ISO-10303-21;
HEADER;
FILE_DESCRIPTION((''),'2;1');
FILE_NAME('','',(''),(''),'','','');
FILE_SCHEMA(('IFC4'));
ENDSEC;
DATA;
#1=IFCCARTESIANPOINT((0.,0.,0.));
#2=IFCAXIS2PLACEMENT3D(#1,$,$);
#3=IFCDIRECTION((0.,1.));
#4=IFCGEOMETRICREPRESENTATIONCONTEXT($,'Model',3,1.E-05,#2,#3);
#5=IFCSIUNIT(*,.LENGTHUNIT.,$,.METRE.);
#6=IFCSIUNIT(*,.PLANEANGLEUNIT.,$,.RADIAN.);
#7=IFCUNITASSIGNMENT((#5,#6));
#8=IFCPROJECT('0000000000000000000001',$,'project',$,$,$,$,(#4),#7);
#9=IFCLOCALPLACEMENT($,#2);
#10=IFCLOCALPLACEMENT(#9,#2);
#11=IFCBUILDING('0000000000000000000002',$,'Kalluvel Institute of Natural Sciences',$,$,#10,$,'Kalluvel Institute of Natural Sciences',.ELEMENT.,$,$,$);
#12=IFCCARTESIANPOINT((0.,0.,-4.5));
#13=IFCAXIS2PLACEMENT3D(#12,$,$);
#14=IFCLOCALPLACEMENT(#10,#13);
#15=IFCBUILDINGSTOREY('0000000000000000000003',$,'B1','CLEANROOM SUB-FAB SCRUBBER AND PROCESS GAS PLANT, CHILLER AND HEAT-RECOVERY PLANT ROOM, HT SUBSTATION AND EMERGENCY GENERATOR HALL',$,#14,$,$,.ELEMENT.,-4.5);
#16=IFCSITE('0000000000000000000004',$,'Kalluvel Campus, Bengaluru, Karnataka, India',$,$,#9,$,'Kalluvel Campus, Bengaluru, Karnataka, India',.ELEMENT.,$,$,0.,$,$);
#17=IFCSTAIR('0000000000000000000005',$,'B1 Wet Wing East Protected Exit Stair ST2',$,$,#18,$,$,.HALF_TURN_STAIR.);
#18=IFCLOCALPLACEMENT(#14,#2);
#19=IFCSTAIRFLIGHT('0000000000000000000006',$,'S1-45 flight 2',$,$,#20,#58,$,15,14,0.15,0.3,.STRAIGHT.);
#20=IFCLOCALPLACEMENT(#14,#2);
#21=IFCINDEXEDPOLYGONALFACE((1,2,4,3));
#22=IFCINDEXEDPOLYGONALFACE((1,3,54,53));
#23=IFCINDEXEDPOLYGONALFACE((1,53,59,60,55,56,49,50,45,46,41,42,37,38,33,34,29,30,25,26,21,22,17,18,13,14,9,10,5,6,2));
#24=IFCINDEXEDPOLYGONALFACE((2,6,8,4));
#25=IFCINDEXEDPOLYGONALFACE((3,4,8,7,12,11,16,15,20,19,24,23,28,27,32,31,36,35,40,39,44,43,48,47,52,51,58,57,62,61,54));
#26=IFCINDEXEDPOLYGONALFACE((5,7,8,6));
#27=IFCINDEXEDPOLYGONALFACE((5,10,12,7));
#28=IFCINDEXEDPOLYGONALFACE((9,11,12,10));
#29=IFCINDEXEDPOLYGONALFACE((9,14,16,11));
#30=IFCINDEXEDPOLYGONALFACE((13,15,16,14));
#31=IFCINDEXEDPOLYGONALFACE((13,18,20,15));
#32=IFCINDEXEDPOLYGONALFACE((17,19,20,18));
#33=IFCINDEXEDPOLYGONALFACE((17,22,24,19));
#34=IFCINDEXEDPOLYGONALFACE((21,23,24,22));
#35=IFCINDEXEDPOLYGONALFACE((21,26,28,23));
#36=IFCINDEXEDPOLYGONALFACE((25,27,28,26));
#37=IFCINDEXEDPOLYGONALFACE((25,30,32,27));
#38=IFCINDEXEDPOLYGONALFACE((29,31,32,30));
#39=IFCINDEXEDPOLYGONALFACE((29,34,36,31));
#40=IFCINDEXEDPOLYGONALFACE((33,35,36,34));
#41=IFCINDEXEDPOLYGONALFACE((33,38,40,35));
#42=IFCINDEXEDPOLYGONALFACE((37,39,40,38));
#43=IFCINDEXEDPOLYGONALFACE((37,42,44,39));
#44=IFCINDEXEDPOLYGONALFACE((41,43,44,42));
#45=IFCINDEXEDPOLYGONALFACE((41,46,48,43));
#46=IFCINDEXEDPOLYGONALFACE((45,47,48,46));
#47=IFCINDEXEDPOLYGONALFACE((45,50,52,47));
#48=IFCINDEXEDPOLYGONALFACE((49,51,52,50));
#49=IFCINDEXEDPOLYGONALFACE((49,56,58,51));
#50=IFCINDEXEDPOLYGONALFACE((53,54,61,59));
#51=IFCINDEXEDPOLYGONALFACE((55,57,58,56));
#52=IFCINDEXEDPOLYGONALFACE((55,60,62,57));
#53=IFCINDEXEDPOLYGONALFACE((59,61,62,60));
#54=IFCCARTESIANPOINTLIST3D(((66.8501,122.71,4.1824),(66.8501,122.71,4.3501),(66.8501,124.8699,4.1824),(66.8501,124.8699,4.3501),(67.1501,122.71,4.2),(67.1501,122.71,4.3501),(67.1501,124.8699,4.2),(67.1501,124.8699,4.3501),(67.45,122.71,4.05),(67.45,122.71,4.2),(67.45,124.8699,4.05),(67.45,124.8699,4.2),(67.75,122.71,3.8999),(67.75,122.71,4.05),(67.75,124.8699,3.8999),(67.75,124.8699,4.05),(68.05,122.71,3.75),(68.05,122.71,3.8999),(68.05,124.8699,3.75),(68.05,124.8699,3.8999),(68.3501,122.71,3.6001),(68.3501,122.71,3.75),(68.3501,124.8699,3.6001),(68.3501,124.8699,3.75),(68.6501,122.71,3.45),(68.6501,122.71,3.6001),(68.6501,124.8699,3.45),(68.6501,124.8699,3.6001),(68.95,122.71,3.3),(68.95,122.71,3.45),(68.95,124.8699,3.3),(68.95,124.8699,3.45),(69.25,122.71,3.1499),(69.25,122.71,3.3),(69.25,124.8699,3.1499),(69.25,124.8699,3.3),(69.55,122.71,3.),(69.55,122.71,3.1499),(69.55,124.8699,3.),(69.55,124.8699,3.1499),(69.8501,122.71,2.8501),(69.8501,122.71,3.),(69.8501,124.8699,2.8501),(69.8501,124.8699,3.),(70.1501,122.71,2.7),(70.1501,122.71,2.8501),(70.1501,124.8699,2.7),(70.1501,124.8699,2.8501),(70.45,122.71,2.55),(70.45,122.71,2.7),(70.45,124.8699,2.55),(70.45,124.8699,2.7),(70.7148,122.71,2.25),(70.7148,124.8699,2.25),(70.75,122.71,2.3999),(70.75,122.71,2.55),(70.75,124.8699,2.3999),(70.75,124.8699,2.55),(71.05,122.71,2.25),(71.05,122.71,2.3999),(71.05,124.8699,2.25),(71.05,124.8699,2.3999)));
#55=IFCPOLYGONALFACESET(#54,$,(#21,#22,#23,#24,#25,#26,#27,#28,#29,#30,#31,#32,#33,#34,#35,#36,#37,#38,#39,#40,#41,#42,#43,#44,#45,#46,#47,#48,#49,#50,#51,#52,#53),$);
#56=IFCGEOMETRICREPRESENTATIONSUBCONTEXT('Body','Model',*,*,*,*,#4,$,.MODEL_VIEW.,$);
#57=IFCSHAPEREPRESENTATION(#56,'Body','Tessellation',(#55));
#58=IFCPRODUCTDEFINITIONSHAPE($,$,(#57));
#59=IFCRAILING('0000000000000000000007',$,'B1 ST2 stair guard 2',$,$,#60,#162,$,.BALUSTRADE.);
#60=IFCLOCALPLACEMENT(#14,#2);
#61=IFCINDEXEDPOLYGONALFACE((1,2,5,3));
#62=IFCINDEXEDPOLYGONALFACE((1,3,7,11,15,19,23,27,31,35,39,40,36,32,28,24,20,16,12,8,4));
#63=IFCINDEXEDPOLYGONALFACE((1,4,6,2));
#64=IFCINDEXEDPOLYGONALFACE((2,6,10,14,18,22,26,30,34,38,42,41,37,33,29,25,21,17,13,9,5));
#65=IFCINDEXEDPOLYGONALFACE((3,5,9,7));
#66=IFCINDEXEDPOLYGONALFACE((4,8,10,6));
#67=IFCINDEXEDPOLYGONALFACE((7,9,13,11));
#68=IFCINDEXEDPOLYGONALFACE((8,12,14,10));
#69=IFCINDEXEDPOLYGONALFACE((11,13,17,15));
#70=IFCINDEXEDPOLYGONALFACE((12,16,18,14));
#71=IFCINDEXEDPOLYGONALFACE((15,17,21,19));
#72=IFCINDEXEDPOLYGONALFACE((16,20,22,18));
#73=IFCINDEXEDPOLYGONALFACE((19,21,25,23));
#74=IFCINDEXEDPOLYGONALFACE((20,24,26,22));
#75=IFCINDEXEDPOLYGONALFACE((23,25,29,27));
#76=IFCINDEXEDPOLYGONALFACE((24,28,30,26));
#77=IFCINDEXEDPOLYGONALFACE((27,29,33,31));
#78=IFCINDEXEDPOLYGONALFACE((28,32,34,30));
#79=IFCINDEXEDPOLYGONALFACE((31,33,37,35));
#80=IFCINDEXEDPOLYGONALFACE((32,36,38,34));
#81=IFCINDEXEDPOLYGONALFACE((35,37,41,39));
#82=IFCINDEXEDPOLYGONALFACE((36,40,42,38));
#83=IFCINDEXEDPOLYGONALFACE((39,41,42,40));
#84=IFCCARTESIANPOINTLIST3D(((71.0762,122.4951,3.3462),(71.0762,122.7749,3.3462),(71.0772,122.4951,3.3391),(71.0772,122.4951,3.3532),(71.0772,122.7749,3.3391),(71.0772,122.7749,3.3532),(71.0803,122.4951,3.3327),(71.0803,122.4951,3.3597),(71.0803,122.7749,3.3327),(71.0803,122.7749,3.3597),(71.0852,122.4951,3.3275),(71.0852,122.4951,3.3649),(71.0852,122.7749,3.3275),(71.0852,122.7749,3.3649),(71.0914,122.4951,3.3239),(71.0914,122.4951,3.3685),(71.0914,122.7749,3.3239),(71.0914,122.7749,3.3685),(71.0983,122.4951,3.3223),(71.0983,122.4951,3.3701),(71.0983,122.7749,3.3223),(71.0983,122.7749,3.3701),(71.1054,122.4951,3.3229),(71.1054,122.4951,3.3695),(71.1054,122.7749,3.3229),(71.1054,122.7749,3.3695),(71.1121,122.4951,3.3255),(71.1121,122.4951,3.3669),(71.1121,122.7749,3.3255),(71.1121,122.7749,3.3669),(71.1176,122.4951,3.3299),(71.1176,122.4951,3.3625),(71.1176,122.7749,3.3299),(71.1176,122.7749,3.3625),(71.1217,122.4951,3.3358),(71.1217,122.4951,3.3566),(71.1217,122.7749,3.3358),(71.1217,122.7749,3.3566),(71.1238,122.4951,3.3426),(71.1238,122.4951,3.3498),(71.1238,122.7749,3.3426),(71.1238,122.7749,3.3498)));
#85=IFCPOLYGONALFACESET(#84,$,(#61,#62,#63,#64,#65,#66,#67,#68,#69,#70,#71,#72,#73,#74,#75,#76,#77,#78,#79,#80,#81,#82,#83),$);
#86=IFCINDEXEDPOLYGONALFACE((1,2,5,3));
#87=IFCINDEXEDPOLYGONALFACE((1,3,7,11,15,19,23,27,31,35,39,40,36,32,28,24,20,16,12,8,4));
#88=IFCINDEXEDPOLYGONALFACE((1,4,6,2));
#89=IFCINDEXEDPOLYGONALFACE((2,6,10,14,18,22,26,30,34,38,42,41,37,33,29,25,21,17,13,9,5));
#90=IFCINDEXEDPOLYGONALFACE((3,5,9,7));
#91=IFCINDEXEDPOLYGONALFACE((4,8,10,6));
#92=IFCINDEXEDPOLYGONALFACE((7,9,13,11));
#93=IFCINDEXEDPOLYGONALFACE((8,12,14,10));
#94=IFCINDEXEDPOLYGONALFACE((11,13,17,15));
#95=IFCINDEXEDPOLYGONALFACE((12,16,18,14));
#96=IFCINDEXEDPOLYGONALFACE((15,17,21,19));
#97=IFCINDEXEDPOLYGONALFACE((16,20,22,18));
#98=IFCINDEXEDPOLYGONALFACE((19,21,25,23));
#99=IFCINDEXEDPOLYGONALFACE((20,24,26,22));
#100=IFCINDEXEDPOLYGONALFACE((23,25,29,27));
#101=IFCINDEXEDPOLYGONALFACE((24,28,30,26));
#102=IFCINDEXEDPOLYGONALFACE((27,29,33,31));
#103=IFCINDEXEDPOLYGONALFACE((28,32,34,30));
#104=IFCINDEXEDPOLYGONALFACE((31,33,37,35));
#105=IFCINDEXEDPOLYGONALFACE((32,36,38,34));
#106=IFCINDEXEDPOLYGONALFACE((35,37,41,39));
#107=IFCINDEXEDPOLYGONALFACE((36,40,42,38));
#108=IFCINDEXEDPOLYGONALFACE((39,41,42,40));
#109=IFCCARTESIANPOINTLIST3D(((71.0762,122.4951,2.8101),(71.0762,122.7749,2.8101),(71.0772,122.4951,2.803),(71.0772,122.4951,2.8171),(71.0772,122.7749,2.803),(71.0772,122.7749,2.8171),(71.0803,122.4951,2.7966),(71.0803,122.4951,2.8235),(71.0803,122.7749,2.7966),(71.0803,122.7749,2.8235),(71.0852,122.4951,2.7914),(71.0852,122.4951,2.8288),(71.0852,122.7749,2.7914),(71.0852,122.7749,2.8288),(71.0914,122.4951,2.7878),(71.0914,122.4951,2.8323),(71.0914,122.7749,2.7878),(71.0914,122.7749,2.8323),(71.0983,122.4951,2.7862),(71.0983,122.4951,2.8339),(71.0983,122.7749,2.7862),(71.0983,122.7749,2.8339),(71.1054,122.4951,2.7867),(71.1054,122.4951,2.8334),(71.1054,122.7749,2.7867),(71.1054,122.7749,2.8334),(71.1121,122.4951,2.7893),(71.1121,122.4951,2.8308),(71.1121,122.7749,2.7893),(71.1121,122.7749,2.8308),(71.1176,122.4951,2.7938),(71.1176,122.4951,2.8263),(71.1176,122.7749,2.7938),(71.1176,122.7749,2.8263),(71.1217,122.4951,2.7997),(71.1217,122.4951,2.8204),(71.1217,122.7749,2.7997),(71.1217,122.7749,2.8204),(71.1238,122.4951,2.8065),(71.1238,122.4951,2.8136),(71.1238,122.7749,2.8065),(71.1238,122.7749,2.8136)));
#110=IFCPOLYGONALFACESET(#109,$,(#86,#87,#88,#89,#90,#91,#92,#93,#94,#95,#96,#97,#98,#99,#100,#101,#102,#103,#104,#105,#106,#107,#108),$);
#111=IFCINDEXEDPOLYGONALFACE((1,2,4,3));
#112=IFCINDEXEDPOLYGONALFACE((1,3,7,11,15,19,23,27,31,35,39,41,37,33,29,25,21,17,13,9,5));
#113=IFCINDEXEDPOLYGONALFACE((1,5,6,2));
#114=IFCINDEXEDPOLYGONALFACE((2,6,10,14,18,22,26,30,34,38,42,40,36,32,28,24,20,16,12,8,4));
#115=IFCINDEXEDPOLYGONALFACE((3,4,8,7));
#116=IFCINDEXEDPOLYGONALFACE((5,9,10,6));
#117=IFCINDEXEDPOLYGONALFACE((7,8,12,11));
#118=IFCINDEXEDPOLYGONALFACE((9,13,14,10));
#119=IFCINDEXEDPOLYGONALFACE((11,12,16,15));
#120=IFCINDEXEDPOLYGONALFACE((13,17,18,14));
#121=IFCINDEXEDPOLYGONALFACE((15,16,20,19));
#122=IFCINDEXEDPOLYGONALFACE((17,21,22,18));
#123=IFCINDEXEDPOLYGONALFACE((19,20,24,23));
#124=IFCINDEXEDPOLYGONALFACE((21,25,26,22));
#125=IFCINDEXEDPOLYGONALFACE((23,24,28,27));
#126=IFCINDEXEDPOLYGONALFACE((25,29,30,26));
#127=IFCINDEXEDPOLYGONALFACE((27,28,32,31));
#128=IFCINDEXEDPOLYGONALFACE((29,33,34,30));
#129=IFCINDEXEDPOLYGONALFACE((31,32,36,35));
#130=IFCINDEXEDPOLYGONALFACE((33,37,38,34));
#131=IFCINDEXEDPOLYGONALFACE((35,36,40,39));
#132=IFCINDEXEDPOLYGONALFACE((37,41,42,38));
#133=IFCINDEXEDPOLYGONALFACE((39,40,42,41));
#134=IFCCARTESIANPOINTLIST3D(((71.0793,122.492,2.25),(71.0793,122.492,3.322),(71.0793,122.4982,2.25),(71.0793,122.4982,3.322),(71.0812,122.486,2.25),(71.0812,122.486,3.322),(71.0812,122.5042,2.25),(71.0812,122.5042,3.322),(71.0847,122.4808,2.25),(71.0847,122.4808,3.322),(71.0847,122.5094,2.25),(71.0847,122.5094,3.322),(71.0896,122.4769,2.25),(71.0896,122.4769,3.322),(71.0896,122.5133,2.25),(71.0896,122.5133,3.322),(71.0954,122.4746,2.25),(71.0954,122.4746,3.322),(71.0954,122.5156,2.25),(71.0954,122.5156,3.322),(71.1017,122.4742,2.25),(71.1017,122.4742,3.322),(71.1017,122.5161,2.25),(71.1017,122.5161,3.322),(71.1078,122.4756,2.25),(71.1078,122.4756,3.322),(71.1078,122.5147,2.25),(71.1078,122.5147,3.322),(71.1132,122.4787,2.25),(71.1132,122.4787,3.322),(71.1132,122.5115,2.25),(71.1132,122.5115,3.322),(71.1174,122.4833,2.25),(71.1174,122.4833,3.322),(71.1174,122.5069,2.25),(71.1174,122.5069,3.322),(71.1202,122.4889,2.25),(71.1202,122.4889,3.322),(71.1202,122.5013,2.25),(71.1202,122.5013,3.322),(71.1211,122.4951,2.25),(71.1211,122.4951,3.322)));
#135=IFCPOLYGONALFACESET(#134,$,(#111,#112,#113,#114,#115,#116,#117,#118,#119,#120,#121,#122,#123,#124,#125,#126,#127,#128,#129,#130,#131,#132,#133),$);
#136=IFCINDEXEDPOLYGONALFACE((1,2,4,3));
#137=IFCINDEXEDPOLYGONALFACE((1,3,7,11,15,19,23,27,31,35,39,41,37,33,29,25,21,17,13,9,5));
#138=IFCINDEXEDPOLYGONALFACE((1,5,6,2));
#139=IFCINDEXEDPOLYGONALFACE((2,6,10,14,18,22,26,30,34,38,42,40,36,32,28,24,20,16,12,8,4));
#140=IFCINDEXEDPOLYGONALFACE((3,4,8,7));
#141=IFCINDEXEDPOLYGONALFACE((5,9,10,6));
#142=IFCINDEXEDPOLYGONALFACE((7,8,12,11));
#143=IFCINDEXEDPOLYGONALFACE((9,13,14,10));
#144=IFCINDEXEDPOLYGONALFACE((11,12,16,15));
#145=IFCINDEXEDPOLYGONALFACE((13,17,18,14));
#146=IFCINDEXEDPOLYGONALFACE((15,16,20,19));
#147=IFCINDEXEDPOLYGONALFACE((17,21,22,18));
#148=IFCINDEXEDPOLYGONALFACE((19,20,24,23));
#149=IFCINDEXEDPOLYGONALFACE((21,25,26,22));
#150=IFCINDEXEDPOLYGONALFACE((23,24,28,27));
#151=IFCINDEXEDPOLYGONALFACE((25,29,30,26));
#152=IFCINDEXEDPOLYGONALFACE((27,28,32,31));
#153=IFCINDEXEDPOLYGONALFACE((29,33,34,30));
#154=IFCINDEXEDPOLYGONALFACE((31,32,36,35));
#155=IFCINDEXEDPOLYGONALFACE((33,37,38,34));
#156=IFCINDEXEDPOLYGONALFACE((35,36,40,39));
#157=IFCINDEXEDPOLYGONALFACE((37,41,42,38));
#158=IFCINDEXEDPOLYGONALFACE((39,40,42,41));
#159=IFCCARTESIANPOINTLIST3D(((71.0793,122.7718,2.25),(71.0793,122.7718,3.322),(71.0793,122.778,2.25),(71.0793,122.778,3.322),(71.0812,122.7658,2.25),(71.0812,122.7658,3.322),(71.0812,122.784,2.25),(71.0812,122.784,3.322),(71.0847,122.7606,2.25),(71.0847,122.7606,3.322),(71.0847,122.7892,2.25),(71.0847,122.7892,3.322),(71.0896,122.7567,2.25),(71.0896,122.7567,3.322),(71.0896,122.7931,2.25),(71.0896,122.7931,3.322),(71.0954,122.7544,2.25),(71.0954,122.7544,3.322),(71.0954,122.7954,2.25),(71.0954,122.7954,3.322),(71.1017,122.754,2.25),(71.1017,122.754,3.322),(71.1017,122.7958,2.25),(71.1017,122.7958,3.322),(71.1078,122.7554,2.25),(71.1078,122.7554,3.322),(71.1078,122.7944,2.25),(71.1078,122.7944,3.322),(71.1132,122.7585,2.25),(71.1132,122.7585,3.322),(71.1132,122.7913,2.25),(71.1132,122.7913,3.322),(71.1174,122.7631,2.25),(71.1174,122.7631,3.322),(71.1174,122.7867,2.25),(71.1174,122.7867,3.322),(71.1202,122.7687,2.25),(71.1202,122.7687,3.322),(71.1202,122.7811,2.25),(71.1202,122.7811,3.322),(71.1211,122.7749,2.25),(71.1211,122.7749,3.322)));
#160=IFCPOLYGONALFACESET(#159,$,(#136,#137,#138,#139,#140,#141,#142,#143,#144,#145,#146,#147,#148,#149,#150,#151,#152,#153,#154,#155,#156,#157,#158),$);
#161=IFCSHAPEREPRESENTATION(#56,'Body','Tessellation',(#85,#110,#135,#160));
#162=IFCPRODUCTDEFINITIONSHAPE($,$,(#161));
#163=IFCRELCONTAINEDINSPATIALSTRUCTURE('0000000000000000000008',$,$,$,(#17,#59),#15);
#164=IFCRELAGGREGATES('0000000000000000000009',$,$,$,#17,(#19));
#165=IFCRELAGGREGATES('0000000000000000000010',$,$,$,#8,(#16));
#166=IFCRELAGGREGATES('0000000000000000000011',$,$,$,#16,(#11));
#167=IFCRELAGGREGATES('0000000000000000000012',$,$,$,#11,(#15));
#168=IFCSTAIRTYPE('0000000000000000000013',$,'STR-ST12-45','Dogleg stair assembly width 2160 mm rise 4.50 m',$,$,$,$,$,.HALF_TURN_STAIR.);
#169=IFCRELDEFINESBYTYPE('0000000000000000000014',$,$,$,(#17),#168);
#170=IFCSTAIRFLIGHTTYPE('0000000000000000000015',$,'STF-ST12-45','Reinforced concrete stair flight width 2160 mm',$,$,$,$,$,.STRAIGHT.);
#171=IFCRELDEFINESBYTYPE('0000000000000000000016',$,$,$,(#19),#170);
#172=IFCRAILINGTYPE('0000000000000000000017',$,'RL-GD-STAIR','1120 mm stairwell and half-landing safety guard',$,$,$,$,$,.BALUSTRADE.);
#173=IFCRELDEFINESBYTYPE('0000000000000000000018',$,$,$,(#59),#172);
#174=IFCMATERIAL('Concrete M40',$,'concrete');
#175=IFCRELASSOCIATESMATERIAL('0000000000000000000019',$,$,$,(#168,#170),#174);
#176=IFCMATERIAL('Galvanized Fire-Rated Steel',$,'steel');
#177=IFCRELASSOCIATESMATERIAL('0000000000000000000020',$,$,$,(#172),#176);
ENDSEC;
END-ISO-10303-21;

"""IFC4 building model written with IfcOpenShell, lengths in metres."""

from ifc_helpers import new_model, si_unit, direction, frame, origin, origin_2d, place, context, subcontext, project, spatial, polyline, circle, outline, extrude, material, type_object, element, aggregate, save


model = new_model("IFC4")

# Units and contexts
model_context = context("Model", 3, precision=1e-05, world=origin(), true_north=direction((0.0, 1.0)))
body_context = subcontext(model_context, "Body", "Model", "MODEL_VIEW")
ifc_project = project(units=[si_unit("LENGTHUNIT", "METRE"), si_unit("PLANEANGLEUNIT", "RADIAN")], contexts=[model_context])

# Site, building, storey
site_placement = place(None, origin())
site = spatial("IfcSite", under=ifc_project, at=site_placement, Name="Kalluvel Campus, Bengaluru, Karnataka, India", LongName="Kalluvel Campus, Bengaluru, Karnataka, India", CompositionType="ELEMENT", RefElevation=0.0)
building_placement = place(site_placement, origin())
building = spatial("IfcBuilding", under=site, at=building_placement, Name="Kalluvel Institute of Natural Sciences", LongName="Kalluvel Institute of Natural Sciences", CompositionType="ELEMENT")
storey_placement = place(building_placement, frame((0.0, 0.0, -4.5)))
storey = spatial("IfcBuildingStorey", under=building, at=storey_placement, Name="B1", Description="CLEANROOM SUB-FAB SCRUBBER AND PROCESS GAS PLANT, CHILLER AND HEAT-RECOVERY PLANT ROOM, HT SUBSTATION AND EMERGENCY GENERATOR HALL", CompositionType="ELEMENT", Elevation=-4.5)

# Shared definitions
ifc_material_1 = material(Name="Concrete M40", Category="concrete")

# Shared definitions
ifc_material_2 = material(Name="Galvanized Fire-Rated Steel", Category="steel")

# Stair, stair flight
stair_type = type_object("IfcStairType", Name="STR-ST12-45", Description="Dogleg stair assembly width 2160 mm rise 4.50 m", PredefinedType="HALF_TURN_STAIR", material=ifc_material_1)
stair_placement = place(storey_placement, origin())
stair = element("IfcStair", 1, at=stair_placement, inside=storey, type_object=stair_type, Name="B1 Wet Wing East Protected Exit Stair ST2", PredefinedType="HALF_TURN_STAIR")
stair_flight_type = type_object("IfcStairFlightType", Name="STF-ST12-45", Description="Reinforced concrete stair flight width 2160 mm", PredefinedType="STRAIGHT", material=ifc_material_1)
stair_flight_placement = place(storey_placement, frame((71.05, 123.79, 2.25), z_axis=(0.0, 0.0, 1.0), x_axis=(-1.0, 0.0, 0.0)))
stair_flight = element("IfcStairFlight", 2, at=stair_flight_placement, type_object=stair_flight_type, Name="S1-45 flight 2", NumberOfRisers=15, NumberOfTreads=14, PredefinedType="STRAIGHT", RiserHeight=0.15, TreadLength=0.3, context=body_context, shape_type="SweptSolid", body=[
    extrude(outline(polyline([(0.0, 0.0), (0.0, 0.1499), (0.3, 0.1499), (0.3, 0.3), (0.6001, 0.3), (0.6001, 0.45), (0.8999, 0.45), (0.8999, 0.6001), (1.2, 0.6001), (1.2, 0.75), (1.5, 0.75), (1.5, 0.8999), (1.8, 0.8999), (1.8, 1.05), (2.1001, 1.05), (2.1001, 1.2), (2.3999, 1.2), (2.3999, 1.3501), (2.7, 1.3501), (2.7, 1.5), (3.0, 1.5), (3.0, 1.6499), (3.3, 1.6499), (3.3, 1.8), (3.6001, 1.8), (3.6001, 1.95), (3.8999, 1.95), (3.8999, 2.1001), (4.2, 2.1001), (4.2, 2.25), (4.2, 1.9324), (0.3352, 0.0), (0.0, 0.0)])), frame((0.0, 1.0801, 0.0), z_axis=(0.0, -1.0, 0.0), x_axis=(1.0, 0.0, 0.0)), (0.0, 0.0, 1.0), 2.1599),
])
aggregate(stair, [stair_flight])

# Railing
railing_type_1 = type_object("IfcRailingType", Name="RL-GD-STAIR", Description="1120 mm stairwell and half-landing safety guard", PredefinedType="BALUSTRADE", material=ifc_material_2)
railing_1_placement = place(storey_placement, frame((71.1001, 122.4951, 2.25)))
element("IfcRailing", 3, at=railing_1_placement, inside=storey, type_object=railing_type_1, Name="B1 ST2 stair guard 2", PredefinedType="BALUSTRADE", context=body_context, shape_type="SweptSolid", body=[
    extrude(circle(Radius=0.0239, at=origin_2d()), frame((0.0, 0.0, 1.0962), z_axis=(0.0, 1.0, 0.0), x_axis=(-1.0, 0.0, 0.0)), (0.0, 0.0, 1.0), 0.2798),
    extrude(circle(Radius=0.0239, at=origin_2d()), frame((0.0, 0.0, 0.5601), z_axis=(0.0, 1.0, 0.0), x_axis=(-1.0, 0.0, 0.0)), (0.0, 0.0, 1.0), 0.2798),
    extrude(circle(Radius=0.021, at=origin_2d()), origin(), (0.0, 0.0, 1.0), 1.072),
    extrude(circle(Radius=0.021, at=origin_2d()), frame((0.0, 0.2798, 0.0)), (0.0, 0.0, 1.0), 1.072),
])

save(model, "model.ifc")
